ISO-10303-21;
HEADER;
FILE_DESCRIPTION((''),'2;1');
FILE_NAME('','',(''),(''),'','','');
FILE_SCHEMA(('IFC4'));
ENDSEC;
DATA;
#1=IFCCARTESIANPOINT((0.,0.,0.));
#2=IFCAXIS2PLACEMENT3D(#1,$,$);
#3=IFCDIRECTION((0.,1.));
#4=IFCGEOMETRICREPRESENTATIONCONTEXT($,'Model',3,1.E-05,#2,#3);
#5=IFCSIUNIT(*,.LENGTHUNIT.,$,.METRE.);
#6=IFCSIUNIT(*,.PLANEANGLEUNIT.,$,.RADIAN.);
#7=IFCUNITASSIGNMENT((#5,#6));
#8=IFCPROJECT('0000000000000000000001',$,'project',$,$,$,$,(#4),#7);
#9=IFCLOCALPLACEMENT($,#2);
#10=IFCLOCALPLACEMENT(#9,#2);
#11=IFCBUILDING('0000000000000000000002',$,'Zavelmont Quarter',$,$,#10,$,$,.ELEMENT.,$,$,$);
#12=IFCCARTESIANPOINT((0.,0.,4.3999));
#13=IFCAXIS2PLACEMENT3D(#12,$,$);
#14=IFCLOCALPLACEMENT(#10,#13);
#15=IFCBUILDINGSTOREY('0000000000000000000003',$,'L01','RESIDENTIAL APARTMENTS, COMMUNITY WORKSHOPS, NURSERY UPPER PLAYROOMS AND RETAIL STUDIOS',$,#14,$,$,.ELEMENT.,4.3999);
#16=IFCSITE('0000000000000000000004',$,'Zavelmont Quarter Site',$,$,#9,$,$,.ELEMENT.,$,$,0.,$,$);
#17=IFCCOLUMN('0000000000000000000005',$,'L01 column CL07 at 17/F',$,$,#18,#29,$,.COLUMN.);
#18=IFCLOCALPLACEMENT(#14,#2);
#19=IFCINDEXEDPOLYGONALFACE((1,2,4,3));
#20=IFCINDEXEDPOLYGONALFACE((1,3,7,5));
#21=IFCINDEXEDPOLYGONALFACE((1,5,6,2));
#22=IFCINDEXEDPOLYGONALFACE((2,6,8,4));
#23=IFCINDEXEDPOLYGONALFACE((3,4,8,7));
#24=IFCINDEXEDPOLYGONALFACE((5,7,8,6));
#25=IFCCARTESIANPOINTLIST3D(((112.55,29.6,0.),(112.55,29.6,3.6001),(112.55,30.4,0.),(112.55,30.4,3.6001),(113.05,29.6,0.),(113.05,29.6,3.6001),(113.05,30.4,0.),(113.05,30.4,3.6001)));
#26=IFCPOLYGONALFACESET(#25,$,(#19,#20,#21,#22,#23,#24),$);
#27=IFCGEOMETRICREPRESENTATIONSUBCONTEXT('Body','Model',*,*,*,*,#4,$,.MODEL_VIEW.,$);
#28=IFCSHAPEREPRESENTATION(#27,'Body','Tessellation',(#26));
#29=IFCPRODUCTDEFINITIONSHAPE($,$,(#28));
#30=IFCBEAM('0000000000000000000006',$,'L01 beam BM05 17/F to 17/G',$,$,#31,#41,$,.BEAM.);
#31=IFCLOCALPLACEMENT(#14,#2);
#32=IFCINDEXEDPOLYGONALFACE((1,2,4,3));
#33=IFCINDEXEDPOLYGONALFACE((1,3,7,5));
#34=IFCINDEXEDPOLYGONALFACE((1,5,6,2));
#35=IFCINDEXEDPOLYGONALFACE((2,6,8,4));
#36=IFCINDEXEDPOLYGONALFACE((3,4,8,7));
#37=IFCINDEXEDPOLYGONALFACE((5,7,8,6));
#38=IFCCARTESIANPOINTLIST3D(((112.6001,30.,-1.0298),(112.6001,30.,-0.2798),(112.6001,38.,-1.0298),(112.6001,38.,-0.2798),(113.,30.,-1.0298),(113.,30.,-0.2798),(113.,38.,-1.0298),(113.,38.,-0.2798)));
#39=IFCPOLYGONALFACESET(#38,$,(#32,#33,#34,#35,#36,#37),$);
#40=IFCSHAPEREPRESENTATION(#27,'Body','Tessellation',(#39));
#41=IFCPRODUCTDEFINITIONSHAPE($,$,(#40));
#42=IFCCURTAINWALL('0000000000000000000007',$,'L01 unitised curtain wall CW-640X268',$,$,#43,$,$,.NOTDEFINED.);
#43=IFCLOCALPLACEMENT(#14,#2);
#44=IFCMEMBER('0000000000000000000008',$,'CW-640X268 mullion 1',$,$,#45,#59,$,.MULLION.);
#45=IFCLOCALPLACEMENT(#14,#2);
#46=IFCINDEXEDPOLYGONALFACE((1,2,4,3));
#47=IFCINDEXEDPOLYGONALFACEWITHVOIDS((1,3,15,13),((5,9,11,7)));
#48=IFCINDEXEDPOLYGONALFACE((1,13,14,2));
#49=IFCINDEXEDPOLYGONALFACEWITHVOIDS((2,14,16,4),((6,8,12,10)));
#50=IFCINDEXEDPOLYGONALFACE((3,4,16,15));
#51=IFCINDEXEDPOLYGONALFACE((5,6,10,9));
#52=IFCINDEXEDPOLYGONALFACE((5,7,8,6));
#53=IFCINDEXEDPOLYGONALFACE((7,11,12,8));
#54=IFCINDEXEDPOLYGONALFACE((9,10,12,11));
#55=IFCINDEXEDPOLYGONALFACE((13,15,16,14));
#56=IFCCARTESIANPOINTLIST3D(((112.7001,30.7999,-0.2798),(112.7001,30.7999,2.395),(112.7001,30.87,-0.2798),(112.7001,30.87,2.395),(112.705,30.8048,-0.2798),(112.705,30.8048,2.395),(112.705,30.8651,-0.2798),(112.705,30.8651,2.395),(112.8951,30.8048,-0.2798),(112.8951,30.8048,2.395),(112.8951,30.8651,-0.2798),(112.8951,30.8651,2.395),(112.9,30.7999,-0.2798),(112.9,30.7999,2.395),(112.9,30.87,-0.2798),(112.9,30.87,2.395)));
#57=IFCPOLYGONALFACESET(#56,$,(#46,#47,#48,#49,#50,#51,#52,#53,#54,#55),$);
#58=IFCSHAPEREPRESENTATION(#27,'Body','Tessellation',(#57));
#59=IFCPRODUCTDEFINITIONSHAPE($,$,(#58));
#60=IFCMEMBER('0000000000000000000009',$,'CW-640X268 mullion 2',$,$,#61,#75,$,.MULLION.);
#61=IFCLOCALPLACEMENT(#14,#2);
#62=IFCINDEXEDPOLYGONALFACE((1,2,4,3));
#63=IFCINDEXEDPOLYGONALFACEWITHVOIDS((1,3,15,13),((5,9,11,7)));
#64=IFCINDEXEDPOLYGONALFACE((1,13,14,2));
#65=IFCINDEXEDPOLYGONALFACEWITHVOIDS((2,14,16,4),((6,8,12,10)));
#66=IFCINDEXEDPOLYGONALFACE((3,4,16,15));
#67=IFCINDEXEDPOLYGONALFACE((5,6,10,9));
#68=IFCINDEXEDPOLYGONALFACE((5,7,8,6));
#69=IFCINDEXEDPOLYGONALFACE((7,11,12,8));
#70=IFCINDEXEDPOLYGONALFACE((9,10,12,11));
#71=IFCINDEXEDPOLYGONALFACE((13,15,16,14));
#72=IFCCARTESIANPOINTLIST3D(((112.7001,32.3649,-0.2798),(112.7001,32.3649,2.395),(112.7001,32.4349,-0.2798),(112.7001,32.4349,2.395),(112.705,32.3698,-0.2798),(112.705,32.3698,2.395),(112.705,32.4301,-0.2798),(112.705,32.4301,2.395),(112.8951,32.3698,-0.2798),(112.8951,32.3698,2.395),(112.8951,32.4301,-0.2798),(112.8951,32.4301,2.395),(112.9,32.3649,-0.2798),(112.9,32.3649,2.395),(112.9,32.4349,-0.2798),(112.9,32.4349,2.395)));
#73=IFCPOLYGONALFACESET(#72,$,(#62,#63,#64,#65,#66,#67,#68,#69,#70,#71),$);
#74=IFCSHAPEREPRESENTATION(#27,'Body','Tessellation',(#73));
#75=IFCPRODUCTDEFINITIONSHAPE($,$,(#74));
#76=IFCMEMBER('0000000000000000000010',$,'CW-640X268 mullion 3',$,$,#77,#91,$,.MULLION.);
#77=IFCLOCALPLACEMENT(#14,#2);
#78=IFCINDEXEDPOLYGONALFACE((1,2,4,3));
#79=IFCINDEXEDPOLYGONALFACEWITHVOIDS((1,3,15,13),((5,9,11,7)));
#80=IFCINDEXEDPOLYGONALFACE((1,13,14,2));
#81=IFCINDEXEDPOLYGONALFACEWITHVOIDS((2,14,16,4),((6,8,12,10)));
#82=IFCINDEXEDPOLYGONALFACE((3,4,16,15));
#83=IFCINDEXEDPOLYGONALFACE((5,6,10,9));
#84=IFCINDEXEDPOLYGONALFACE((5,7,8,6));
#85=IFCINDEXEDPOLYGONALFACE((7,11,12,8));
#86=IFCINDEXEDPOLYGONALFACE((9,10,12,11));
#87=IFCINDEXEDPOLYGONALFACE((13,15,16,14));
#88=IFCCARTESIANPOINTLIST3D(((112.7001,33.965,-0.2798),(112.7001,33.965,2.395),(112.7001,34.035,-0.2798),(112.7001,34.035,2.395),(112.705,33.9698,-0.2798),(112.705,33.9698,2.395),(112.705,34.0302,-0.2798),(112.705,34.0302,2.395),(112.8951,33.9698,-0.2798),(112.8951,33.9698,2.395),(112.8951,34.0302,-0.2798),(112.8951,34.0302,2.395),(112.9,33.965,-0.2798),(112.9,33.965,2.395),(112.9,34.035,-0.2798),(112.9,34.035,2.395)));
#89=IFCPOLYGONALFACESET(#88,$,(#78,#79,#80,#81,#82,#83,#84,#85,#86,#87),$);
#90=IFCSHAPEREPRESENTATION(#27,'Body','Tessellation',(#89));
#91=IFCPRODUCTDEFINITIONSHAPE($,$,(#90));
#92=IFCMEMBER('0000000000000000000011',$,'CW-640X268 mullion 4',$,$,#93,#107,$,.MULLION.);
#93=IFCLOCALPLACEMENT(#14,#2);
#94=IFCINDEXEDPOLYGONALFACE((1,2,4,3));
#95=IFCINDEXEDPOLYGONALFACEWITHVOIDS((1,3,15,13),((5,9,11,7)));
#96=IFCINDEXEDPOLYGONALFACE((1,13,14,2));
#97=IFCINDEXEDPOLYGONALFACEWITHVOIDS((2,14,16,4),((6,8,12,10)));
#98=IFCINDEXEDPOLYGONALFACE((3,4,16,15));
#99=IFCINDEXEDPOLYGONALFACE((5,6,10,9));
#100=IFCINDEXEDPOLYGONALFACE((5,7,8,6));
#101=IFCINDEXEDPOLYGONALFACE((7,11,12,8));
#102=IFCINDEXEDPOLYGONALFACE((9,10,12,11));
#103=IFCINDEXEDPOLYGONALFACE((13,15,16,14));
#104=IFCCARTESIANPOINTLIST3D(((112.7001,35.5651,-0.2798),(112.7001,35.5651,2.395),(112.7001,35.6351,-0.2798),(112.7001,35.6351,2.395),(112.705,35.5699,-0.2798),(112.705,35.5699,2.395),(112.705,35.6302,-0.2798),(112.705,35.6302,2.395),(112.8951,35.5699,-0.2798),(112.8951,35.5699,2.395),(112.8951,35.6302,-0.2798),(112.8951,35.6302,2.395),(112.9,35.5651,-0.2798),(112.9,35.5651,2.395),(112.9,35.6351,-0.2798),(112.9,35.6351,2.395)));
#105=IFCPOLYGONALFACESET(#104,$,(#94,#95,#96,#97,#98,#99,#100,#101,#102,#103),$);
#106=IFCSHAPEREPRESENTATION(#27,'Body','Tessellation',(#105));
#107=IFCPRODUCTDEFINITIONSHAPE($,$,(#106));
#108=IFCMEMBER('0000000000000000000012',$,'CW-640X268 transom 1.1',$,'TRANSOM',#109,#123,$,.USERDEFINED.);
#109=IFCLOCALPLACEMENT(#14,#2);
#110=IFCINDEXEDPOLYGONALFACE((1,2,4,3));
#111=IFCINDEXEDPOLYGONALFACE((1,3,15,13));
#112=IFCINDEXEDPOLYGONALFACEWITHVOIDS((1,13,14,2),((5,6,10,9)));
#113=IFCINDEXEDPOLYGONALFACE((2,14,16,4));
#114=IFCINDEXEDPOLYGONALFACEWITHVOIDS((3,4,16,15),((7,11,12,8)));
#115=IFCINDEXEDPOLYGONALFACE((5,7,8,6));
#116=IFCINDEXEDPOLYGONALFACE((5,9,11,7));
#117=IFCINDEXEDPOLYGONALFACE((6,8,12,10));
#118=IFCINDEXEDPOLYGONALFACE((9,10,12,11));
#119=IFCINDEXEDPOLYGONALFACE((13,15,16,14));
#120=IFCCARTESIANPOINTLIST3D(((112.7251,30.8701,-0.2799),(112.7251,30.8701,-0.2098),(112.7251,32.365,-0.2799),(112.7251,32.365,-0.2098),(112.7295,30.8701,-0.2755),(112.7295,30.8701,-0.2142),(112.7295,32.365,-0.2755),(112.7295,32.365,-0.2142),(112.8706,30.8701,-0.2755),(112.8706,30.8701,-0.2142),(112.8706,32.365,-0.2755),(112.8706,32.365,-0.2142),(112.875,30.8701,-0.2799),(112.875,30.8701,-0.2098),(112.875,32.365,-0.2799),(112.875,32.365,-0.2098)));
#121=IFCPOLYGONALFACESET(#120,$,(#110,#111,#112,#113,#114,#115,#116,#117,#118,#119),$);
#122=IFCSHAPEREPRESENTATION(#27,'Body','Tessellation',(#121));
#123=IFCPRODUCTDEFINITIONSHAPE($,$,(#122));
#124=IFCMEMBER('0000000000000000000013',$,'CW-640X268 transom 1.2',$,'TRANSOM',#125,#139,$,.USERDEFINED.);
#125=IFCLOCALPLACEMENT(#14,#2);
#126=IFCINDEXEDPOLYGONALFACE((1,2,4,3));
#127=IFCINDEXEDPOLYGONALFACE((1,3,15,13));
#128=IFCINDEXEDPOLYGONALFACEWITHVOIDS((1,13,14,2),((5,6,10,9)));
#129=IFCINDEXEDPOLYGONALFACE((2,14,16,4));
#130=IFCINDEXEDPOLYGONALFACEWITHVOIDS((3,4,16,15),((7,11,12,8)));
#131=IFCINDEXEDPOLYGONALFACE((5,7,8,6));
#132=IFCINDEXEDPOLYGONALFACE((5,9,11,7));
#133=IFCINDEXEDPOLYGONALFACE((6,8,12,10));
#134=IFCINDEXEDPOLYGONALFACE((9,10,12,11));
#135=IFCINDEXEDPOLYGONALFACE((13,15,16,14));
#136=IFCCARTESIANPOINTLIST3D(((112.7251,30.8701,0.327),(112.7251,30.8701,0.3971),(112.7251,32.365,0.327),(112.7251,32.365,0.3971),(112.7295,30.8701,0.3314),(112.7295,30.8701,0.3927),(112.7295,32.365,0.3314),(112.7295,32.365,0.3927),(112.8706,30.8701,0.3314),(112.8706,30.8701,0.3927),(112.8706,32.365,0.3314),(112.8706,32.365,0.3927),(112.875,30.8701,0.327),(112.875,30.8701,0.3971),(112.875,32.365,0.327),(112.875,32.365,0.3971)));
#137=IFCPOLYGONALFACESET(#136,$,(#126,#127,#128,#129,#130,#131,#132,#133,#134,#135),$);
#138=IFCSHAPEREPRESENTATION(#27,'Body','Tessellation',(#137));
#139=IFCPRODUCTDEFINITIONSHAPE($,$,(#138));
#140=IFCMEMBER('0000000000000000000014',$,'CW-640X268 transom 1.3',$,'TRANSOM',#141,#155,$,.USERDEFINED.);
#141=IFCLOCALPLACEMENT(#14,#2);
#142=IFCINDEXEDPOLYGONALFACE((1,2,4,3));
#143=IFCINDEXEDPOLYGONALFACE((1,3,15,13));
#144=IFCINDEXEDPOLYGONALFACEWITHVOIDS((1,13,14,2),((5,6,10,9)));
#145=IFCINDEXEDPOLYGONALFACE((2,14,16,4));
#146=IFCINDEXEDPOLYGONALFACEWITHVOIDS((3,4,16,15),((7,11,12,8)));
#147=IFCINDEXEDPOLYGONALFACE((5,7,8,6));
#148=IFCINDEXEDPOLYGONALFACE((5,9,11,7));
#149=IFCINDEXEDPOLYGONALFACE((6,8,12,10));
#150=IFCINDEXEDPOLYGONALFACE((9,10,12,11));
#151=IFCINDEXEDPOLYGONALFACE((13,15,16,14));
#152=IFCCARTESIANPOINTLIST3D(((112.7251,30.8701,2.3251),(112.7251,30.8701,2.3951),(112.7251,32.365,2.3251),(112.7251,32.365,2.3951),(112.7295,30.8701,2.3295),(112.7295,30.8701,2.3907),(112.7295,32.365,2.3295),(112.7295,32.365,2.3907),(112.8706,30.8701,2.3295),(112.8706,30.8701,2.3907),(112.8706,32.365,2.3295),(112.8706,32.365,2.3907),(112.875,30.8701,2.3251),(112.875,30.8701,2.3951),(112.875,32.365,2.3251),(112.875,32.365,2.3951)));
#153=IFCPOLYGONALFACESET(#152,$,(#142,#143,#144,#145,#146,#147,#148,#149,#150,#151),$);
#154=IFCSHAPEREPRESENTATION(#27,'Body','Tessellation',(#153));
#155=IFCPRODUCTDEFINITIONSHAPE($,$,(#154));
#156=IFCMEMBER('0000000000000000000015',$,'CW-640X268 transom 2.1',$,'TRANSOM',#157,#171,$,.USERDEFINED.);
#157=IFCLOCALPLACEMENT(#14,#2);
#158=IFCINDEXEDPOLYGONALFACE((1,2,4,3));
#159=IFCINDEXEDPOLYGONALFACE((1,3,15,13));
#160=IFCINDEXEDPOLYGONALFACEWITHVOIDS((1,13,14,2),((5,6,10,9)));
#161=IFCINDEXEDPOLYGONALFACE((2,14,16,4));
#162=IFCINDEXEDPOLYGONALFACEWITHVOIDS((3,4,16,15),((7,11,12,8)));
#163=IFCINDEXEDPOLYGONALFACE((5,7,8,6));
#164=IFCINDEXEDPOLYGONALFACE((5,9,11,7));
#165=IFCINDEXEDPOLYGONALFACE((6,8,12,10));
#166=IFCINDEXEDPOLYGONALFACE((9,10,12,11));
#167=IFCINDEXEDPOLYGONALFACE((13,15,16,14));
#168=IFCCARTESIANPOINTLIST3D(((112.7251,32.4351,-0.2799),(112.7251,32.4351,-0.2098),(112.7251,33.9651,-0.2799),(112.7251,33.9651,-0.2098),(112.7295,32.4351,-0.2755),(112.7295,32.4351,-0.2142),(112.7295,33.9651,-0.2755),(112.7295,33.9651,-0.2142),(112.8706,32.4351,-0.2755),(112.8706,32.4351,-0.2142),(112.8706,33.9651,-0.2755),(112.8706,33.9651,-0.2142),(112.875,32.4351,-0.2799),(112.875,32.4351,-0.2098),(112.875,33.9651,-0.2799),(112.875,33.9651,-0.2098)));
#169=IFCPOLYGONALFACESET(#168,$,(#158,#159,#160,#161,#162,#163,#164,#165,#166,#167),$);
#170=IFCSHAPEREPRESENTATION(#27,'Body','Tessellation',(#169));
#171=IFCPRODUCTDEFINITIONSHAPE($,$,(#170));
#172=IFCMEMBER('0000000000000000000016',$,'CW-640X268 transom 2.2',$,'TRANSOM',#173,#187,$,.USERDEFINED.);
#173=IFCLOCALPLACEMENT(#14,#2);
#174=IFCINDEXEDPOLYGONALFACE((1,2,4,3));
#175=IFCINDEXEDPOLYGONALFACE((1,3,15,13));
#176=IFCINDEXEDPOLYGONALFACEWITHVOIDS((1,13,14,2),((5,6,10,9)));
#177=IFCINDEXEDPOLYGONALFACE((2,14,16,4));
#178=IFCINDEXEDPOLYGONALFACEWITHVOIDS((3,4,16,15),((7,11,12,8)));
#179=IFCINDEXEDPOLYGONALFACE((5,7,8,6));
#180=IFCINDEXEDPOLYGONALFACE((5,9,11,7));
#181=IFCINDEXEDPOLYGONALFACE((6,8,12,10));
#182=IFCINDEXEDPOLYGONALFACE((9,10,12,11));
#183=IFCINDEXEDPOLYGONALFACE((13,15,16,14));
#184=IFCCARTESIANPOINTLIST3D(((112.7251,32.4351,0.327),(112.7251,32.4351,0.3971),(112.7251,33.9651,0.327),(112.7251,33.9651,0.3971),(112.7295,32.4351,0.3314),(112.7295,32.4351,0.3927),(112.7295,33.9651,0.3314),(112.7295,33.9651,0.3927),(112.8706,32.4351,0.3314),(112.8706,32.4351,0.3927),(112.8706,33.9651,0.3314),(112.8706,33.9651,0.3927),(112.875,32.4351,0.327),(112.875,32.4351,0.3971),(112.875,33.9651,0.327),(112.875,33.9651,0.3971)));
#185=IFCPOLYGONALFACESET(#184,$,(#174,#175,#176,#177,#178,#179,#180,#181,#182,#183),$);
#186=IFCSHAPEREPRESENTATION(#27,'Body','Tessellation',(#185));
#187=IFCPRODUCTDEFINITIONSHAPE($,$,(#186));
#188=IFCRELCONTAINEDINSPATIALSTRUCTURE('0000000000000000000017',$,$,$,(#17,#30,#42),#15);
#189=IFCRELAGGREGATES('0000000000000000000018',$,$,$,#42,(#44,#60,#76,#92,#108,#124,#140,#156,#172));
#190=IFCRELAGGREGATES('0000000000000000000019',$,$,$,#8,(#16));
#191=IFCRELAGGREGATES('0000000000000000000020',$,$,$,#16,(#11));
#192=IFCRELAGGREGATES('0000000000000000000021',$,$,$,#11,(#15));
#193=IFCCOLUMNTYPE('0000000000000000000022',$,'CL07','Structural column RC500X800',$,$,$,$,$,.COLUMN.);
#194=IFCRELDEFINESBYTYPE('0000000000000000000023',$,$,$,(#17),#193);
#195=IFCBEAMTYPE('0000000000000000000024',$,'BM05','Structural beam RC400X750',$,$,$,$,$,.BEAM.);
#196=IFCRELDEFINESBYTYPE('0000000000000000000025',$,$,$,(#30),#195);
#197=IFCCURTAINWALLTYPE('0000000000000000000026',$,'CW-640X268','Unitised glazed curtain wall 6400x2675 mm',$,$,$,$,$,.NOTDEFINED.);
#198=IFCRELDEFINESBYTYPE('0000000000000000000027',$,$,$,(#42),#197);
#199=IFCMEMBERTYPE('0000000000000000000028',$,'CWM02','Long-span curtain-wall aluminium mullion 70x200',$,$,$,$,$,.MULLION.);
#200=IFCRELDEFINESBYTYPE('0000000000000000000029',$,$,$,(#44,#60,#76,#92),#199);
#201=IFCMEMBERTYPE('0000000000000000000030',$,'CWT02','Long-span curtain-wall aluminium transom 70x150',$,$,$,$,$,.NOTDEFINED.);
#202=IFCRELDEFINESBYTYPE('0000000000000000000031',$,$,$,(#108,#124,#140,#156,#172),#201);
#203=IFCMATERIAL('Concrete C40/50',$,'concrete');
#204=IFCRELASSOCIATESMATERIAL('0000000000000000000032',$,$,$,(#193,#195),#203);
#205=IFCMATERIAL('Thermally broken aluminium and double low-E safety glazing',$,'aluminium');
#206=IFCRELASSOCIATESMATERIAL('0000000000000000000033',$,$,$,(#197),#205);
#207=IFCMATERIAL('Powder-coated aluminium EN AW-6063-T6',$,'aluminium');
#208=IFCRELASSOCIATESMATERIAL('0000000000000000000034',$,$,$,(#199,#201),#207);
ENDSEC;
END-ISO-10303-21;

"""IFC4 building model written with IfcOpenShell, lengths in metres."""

from ifc_helpers import new_model, si_unit, direction, frame, origin, origin_2d, place, context, subcontext, project, spatial, rectangle, hollow_rectangle, extrude, material, material_profile, profile_set, type_object, element, aggregate, save


model = new_model("IFC4")

# Units and contexts
model_context = context("Model", 3, precision=1e-05, world=origin(), true_north=direction((0.0, 1.0)))
body_context = subcontext(model_context, "Body", "Model", "MODEL_VIEW")
ifc_project = project(units=[si_unit("LENGTHUNIT", "METRE"), si_unit("PLANEANGLEUNIT", "RADIAN")], contexts=[model_context])

# Site, building, storey
site_placement = place(None, origin())
site = spatial("IfcSite", under=ifc_project, at=site_placement, Name="Zavelmont Quarter Site", CompositionType="ELEMENT", RefElevation=0.0)
building_placement = place(site_placement, origin())
building = spatial("IfcBuilding", under=site, at=building_placement, Name="Zavelmont Quarter", CompositionType="ELEMENT")
storey_placement = place(building_placement, frame((0.0, 0.0, 4.3999)))
storey = spatial("IfcBuildingStorey", under=building, at=storey_placement, Name="L01", Description="RESIDENTIAL APARTMENTS, COMMUNITY WORKSHOPS, NURSERY UPPER PLAYROOMS AND RETAIL STUDIOS", CompositionType="ELEMENT", Elevation=4.3999)

# Column
ifc_material_1 = material(Name="Concrete C40/50", Category="concrete")
ifc_material_profile_1 = material_profile(ifc_material_1, rectangle(XDim=0.5, YDim=0.8, at=origin_2d()), Name="RC500X800")
ifc_profile_set_1 = profile_set([ifc_material_profile_1], Name="Concrete C40/50")
column_type = type_object("IfcColumnType", Name="CL07", Description="Structural column RC500X800", PredefinedType="COLUMN", material=ifc_profile_set_1)
column_placement = place(storey_placement, frame((112.8, 30.0, 0.0), z_axis=(0.0, 0.0, 1.0), x_axis=(1.0, 0.0, 0.0)))
element("IfcColumn", 1, at=column_placement, inside=storey, type_object=column_type, Name="L01 column CL07 at 17/F", PredefinedType="COLUMN", context=body_context, shape_type="SweptSolid", body=[
    extrude(rectangle(XDim=0.5, YDim=0.8, at=origin_2d()), origin(), (0.0, 0.0, 1.0), 3.6001),
])

# Beam
ifc_material_profile_2 = material_profile(ifc_material_1, rectangle(XDim=0.3999, YDim=0.75, at=origin_2d()), Name="RC400X750")
ifc_profile_set_2 = profile_set([ifc_material_profile_2], Name="Concrete C40/50")
beam_type = type_object("IfcBeamType", Name="BM05", Description="Structural beam RC400X750", PredefinedType="BEAM", material=ifc_profile_set_2)
beam_placement = place(storey_placement, frame((112.8, 30.0, -0.6548), z_axis=(0.0, 1.0, 0.0), x_axis=(-1.0, 0.0, 0.0)))
element("IfcBeam", 2, at=beam_placement, inside=storey, type_object=beam_type, Name="L01 beam BM05 17/F to 17/G", PredefinedType="BEAM", context=body_context, shape_type="SweptSolid", body=[
    extrude(rectangle(XDim=0.3999, YDim=0.75, at=origin_2d()), origin(), (0.0, 0.0, 1.0), 8.0),
])

# Curtain wall, members
ifc_material_2 = material(Name="Thermally broken aluminium and double low-E safety glazing", Category="aluminium")
curtain_wall_type = type_object("IfcCurtainWallType", Name="CW-640X268", Description="Unitised glazed curtain wall 6400x2675 mm", PredefinedType="NOTDEFINED", material=ifc_material_2)
curtain_wall_placement = place(storey_placement, origin())
curtain_wall = element("IfcCurtainWall", 3, at=curtain_wall_placement, inside=storey, type_object=curtain_wall_type, Name="L01 unitised curtain wall CW-640X268", PredefinedType="NOTDEFINED")
ifc_material_3 = material(Name="Powder-coated aluminium EN AW-6063-T6", Category="aluminium")
ifc_material_profile_3 = material_profile(ifc_material_3, hollow_rectangle(XDim=0.0701, YDim=0.2, WallThickness=0.0049, at=origin_2d()), Name="CWM70X200")
ifc_profile_set_3 = profile_set([ifc_material_profile_3], Name="Powder-coated aluminium EN AW-6063-T6")
member_type_1 = type_object("IfcMemberType", Name="CWM02", Description="Long-span curtain-wall aluminium mullion 70x200", PredefinedType="MULLION", material=ifc_profile_set_3)
member_1_placement = place(storey_placement, frame((112.8, 30.835, -0.2798), z_axis=(0.0, 0.0, 1.0), x_axis=(0.0, 1.0, 0.0)))
member_1 = element("IfcMember", 4, at=member_1_placement, type_object=member_type_1, Name="CW-640X268 mullion 1", PredefinedType="MULLION", context=body_context, shape_type="SweptSolid", body=[
    extrude(hollow_rectangle(XDim=0.0701, YDim=0.2, WallThickness=0.0049, at=origin_2d()), origin(), (0.0, 0.0, 1.0), 2.6748),
])
member_2_placement = place(storey_placement, frame((112.8, 32.3999, -0.2798), z_axis=(0.0, 0.0, 1.0), x_axis=(0.0, 1.0, 0.0)))
member_2 = element("IfcMember", 5, at=member_2_placement, type_object=member_type_1, Name="CW-640X268 mullion 2", PredefinedType="MULLION", context=body_context, shape_type="SweptSolid", body=[
    extrude(hollow_rectangle(XDim=0.0701, YDim=0.2, WallThickness=0.0049, at=origin_2d()), origin(), (0.0, 0.0, 1.0), 2.6748),
])
member_3_placement = place(storey_placement, frame((112.8, 34.0, -0.2798), z_axis=(0.0, 0.0, 1.0), x_axis=(0.0, 1.0, 0.0)))
member_3 = element("IfcMember", 6, at=member_3_placement, type_object=member_type_1, Name="CW-640X268 mullion 3", PredefinedType="MULLION", context=body_context, shape_type="SweptSolid", body=[
    extrude(hollow_rectangle(XDim=0.0701, YDim=0.2, WallThickness=0.0049, at=origin_2d()), origin(), (0.0, 0.0, 1.0), 2.6748),
])
member_4_placement = place(storey_placement, frame((112.8, 35.6001, -0.2798), z_axis=(0.0, 0.0, 1.0), x_axis=(0.0, 1.0, 0.0)))
member_4 = element("IfcMember", 7, at=member_4_placement, type_object=member_type_1, Name="CW-640X268 mullion 4", PredefinedType="MULLION", context=body_context, shape_type="SweptSolid", body=[
    extrude(hollow_rectangle(XDim=0.0701, YDim=0.2, WallThickness=0.0049, at=origin_2d()), origin(), (0.0, 0.0, 1.0), 2.6748),
])
ifc_material_profile_4 = material_profile(ifc_material_3, hollow_rectangle(XDim=0.1499, YDim=0.0701, WallThickness=0.0044, at=origin_2d()), Name="CWT70X150")
ifc_profile_set_4 = profile_set([ifc_material_profile_4], Name="Powder-coated aluminium EN AW-6063-T6")
member_type_2 = type_object("IfcMemberType", Name="CWT02", Description="Long-span curtain-wall aluminium transom 70x150", PredefinedType="NOTDEFINED", material=ifc_profile_set_4)
member_5_placement = place(storey_placement, frame((112.8, 30.8701, -0.2449), z_axis=(0.0, 1.0, 0.0), x_axis=(-1.0, 0.0, 0.0)))
member_5 = element("IfcMember", 8, at=member_5_placement, type_object=member_type_2, Name="CW-640X268 transom 1.1", ObjectType="TRANSOM", PredefinedType="USERDEFINED", context=body_context, shape_type="SweptSolid", body=[
    extrude(hollow_rectangle(XDim=0.1499, YDim=0.0701, WallThickness=0.0044, at=origin_2d()), origin(), (0.0, 0.0, 1.0), 1.4949),
])
member_6_placement = place(storey_placement, frame((112.8, 30.8701, 0.3621), z_axis=(0.0, 1.0, 0.0), x_axis=(-1.0, 0.0, 0.0)))
member_6 = element("IfcMember", 9, at=member_6_placement, type_object=member_type_2, Name="CW-640X268 transom 1.2", ObjectType="TRANSOM", PredefinedType="USERDEFINED", context=body_context, shape_type="SweptSolid", body=[
    extrude(hollow_rectangle(XDim=0.1499, YDim=0.0701, WallThickness=0.0044, at=origin_2d()), origin(), (0.0, 0.0, 1.0), 1.4949),
])
member_7_placement = place(storey_placement, frame((112.8, 30.8701, 2.3601), z_axis=(0.0, 1.0, 0.0), x_axis=(-1.0, 0.0, 0.0)))
member_7 = element("IfcMember", 10, at=member_7_placement, type_object=member_type_2, Name="CW-640X268 transom 1.3", ObjectType="TRANSOM", PredefinedType="USERDEFINED", context=body_context, shape_type="SweptSolid", body=[
    extrude(hollow_rectangle(XDim=0.1499, YDim=0.0701, WallThickness=0.0044, at=origin_2d()), origin(), (0.0, 0.0, 1.0), 1.4949),
])
member_8_placement = place(storey_placement, frame((112.8, 32.4351, -0.2449), z_axis=(0.0, 1.0, 0.0), x_axis=(-1.0, 0.0, 0.0)))
member_8 = element("IfcMember", 11, at=member_8_placement, type_object=member_type_2, Name="CW-640X268 transom 2.1", ObjectType="TRANSOM", PredefinedType="USERDEFINED", context=body_context, shape_type="SweptSolid", body=[
    extrude(hollow_rectangle(XDim=0.1499, YDim=0.0701, WallThickness=0.0044, at=origin_2d()), origin(), (0.0, 0.0, 1.0), 1.53),
])
member_9_placement = place(storey_placement, frame((112.8, 32.4351, 0.3621), z_axis=(0.0, 1.0, 0.0), x_axis=(-1.0, 0.0, 0.0)))
member_9 = element("IfcMember", 12, at=member_9_placement, type_object=member_type_2, Name="CW-640X268 transom 2.2", ObjectType="TRANSOM", PredefinedType="USERDEFINED", context=body_context, shape_type="SweptSolid", body=[
    extrude(hollow_rectangle(XDim=0.1499, YDim=0.0701, WallThickness=0.0044, at=origin_2d()), origin(), (0.0, 0.0, 1.0), 1.53),
])
aggregate(curtain_wall, [member_1, member_2, member_3, member_4, member_5, member_6, member_7, member_8, member_9])

save(model, "model.ifc")
